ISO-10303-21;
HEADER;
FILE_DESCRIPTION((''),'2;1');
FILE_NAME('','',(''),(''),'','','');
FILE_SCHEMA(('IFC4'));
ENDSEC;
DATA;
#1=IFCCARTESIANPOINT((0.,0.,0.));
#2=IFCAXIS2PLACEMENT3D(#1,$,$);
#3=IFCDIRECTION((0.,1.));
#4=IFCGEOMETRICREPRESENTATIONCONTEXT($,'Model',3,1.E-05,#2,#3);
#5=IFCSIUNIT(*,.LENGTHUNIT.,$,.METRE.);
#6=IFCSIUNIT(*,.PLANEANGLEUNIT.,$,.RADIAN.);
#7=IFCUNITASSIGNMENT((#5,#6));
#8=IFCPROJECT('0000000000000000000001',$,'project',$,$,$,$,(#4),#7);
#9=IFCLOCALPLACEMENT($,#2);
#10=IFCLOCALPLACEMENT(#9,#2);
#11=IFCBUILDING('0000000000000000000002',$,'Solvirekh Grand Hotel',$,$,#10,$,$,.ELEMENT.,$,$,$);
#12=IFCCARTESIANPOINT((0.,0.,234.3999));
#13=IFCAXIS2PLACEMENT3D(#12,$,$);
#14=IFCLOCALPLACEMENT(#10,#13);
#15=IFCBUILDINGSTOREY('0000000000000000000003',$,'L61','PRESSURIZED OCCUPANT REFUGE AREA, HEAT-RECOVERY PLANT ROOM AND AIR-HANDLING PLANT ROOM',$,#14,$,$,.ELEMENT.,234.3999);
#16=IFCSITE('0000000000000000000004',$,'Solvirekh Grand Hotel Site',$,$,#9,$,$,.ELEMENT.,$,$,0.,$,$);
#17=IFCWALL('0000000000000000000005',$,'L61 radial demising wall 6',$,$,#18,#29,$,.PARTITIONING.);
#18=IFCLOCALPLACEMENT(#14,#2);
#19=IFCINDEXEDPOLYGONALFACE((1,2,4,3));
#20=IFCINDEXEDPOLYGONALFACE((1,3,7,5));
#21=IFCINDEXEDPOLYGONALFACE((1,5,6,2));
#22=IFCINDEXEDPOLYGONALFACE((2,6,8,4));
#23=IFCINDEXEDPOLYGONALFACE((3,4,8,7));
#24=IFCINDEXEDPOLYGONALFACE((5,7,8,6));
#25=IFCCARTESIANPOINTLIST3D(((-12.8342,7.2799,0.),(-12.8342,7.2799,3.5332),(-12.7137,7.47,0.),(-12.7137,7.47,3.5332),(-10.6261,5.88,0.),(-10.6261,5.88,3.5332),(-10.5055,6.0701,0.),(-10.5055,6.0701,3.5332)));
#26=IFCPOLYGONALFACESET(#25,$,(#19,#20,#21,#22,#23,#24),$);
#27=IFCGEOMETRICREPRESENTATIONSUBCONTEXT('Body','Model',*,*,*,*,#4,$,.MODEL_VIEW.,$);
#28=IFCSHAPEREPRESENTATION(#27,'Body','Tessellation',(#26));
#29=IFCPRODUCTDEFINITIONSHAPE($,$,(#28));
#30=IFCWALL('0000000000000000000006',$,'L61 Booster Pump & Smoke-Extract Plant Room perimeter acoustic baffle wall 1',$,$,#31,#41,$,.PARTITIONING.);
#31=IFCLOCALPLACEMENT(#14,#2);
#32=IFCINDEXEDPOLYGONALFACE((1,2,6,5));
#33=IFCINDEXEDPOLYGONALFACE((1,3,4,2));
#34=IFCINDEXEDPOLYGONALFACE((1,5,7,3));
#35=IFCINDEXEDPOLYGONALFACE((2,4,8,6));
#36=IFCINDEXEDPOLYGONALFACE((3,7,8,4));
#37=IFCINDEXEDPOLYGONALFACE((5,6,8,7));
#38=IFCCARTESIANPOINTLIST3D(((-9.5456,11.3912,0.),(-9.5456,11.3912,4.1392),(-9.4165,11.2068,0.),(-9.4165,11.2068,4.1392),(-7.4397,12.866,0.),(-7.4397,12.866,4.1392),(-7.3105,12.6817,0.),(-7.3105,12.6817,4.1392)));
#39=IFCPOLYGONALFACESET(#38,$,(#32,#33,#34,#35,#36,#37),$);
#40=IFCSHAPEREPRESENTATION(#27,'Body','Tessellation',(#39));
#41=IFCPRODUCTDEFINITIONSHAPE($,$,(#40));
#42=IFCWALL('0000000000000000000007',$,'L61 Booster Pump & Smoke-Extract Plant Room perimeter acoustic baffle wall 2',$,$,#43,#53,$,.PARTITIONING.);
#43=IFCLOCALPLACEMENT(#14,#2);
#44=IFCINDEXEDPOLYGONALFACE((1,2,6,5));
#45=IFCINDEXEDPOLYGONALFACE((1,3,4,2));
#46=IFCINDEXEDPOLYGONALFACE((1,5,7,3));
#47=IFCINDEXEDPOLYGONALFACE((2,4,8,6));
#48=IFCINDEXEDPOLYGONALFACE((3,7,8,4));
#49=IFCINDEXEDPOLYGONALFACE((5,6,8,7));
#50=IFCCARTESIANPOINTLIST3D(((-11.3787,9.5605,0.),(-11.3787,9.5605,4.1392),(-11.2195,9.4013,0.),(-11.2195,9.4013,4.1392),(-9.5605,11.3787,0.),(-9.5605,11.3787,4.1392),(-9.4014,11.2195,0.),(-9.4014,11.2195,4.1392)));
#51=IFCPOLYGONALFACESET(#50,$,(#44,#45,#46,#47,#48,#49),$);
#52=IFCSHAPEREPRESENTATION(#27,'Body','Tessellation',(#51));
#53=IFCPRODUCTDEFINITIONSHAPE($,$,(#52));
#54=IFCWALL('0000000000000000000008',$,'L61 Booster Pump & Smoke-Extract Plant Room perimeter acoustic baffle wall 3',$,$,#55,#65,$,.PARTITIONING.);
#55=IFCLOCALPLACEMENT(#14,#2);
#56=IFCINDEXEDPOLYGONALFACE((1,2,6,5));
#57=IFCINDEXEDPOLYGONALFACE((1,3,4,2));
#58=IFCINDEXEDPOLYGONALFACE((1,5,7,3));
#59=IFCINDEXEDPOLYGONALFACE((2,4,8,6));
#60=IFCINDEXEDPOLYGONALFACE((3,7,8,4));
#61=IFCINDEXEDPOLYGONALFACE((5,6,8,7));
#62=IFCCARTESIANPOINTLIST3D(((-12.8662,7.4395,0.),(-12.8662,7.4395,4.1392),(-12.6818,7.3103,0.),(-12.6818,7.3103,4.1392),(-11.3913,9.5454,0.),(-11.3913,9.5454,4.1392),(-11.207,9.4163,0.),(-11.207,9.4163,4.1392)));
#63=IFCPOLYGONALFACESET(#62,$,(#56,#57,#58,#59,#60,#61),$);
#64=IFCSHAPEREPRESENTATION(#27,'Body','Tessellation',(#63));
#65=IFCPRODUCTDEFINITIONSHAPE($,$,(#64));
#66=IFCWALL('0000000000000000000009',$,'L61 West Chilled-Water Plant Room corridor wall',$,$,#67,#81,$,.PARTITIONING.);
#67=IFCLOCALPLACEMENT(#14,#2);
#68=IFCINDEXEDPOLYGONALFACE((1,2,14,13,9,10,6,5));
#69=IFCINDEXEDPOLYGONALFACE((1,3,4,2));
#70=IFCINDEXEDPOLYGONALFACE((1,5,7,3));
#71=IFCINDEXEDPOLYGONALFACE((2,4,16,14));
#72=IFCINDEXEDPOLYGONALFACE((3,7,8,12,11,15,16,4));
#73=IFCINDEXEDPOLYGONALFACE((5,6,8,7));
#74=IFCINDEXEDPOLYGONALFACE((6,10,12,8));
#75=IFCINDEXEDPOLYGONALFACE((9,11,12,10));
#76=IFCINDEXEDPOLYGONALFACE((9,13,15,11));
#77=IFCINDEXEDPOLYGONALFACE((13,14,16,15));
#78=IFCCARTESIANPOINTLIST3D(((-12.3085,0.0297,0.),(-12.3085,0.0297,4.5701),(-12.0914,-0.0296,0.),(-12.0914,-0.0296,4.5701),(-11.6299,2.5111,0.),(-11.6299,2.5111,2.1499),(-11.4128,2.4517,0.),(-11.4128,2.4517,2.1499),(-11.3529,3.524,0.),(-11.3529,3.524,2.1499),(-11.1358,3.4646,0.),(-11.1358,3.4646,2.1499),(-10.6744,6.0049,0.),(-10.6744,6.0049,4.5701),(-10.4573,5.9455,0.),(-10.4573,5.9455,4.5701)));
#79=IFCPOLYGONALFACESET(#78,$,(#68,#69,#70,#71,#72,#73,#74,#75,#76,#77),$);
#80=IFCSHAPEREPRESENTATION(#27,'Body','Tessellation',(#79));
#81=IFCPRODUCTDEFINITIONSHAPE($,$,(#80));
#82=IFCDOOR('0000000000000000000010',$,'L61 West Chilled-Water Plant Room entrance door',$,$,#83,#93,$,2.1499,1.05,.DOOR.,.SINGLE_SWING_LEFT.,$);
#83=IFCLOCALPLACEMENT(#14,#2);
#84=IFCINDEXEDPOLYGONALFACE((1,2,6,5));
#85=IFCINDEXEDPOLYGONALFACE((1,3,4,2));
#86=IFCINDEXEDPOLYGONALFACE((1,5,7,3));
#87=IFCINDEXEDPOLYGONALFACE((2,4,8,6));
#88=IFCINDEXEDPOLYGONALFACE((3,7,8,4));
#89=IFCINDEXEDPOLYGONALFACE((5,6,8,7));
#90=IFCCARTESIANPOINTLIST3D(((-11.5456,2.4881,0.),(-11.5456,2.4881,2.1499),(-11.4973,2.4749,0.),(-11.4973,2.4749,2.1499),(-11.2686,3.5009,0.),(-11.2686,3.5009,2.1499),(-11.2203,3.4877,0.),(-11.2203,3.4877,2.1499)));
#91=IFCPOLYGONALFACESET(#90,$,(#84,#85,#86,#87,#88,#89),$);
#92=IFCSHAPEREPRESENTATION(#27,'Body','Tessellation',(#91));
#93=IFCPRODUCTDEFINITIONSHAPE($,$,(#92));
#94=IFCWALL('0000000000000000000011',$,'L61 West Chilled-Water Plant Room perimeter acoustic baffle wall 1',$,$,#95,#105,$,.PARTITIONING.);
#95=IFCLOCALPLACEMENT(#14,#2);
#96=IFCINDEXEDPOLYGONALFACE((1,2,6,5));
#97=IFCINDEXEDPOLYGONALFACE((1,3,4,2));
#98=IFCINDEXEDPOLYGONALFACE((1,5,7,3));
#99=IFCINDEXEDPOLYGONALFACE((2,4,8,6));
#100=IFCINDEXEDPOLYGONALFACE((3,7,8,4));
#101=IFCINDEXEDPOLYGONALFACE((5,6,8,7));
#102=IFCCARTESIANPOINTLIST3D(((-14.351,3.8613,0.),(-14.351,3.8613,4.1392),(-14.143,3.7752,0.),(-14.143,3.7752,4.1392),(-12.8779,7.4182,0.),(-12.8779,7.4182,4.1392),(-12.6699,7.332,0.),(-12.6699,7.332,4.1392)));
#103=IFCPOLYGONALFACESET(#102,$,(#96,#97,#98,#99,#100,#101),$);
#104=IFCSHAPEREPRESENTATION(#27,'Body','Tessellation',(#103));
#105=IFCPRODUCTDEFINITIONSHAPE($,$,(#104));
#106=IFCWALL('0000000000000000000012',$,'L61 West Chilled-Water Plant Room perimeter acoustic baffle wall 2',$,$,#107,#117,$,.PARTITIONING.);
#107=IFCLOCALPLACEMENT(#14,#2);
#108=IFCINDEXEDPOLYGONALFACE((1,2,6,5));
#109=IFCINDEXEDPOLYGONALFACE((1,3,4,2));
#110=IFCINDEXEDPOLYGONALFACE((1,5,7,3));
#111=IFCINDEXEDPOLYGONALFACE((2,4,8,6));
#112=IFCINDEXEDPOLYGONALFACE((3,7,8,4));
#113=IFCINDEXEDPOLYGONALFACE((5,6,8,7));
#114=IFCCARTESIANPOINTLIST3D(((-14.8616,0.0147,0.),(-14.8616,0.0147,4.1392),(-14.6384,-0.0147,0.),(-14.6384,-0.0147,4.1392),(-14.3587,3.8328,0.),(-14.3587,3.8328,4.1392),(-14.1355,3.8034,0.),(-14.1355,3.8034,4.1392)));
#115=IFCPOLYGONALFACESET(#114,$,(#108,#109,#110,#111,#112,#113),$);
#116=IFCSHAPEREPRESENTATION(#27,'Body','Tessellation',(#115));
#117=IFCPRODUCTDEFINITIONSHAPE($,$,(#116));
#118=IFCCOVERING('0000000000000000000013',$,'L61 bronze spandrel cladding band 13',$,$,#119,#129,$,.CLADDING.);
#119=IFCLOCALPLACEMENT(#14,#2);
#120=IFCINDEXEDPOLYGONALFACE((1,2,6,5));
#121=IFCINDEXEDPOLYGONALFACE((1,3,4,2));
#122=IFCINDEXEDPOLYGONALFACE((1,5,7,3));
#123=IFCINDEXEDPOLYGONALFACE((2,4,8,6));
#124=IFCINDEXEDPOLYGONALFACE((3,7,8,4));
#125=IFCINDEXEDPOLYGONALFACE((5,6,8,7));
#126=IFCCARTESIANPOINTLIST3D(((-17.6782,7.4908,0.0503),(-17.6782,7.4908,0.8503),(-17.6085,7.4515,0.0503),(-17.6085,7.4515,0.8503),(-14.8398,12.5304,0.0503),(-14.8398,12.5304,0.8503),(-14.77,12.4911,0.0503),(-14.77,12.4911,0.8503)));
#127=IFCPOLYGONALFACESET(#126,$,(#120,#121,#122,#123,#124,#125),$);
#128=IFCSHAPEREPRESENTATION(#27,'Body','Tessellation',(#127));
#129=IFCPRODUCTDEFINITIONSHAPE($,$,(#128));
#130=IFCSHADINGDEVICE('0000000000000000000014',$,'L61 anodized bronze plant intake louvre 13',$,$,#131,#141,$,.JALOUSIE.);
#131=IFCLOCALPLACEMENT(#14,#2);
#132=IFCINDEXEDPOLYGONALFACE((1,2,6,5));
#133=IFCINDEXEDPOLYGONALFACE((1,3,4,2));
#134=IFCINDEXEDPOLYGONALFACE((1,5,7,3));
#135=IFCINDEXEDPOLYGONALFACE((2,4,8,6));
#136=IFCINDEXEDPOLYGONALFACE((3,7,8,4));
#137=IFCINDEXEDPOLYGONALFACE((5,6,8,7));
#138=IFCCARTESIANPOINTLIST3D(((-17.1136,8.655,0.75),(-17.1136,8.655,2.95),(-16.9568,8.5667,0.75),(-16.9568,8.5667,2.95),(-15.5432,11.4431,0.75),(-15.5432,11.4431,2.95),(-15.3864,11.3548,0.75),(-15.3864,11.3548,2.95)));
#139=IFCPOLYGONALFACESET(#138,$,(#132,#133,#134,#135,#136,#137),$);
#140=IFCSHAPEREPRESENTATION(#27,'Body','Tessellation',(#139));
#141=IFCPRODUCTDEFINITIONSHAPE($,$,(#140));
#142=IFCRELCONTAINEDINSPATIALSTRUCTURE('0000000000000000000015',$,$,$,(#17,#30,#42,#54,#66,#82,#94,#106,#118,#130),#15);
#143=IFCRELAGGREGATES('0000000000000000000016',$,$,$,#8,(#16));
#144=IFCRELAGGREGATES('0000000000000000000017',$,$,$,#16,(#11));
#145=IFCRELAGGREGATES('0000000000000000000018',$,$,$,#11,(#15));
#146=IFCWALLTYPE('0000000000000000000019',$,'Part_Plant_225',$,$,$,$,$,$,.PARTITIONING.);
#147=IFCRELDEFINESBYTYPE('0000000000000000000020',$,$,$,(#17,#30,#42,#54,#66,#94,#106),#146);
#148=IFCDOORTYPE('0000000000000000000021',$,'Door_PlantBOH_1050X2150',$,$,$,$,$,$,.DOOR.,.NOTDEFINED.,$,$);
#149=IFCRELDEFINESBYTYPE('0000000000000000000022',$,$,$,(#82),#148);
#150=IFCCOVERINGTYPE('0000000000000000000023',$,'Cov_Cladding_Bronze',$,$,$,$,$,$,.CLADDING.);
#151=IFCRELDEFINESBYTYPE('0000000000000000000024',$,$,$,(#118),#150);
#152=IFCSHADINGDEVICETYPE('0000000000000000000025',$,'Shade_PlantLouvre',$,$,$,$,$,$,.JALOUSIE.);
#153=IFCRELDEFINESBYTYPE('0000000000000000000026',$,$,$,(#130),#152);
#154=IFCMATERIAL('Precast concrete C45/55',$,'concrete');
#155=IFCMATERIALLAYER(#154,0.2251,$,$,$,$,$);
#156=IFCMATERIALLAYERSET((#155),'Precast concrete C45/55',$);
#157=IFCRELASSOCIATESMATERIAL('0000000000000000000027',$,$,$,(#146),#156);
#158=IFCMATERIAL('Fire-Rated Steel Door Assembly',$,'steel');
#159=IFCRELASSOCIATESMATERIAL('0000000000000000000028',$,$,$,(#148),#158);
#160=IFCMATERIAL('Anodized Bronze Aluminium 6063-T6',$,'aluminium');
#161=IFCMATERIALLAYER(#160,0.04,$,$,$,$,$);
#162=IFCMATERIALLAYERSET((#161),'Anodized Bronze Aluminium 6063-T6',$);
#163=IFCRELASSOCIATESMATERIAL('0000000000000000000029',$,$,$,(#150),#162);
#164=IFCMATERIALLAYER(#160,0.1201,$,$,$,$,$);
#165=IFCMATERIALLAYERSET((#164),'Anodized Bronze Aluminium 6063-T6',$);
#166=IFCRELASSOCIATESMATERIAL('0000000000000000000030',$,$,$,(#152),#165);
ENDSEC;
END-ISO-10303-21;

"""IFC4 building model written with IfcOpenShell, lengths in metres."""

from ifc_helpers import new_model, si_unit, direction, frame, frame_2d, origin, origin_2d, place, context, subcontext, project, spatial, rectangle, extrude, material, layer, layer_set, type_object, element, fill, save


model = new_model("IFC4")

# Units and contexts
model_context = context("Model", 3, precision=1e-05, world=origin(), true_north=direction((0.0, 1.0)))
body_context = subcontext(model_context, "Body", "Model", "MODEL_VIEW")
ifc_project = project(units=[si_unit("LENGTHUNIT", "METRE"), si_unit("PLANEANGLEUNIT", "RADIAN")], contexts=[model_context])

# Site, building, storey
site_placement = place(None, origin())
site = spatial("IfcSite", under=ifc_project, at=site_placement, Name="Solvirekh Grand Hotel Site", CompositionType="ELEMENT", RefElevation=0.0)
building_placement = place(site_placement, origin())
building = spatial("IfcBuilding", under=site, at=building_placement, Name="Solvirekh Grand Hotel", CompositionType="ELEMENT")
storey_placement = place(building_placement, frame((0.0, 0.0, 234.3999)))
storey = spatial("IfcBuildingStorey", under=building, at=storey_placement, Name="L61", Description="PRESSURIZED OCCUPANT REFUGE AREA, HEAT-RECOVERY PLANT ROOM AND AIR-HANDLING PLANT ROOM", CompositionType="ELEMENT", Elevation=234.3999)

# Shared definitions
ifc_material_1 = material(Name="Precast concrete C45/55", Category="concrete")

# Shared definitions
ifc_material_2 = material(Name="Fire-Rated Steel Door Assembly", Category="steel")

# Walls
ifc_layer_1 = layer(ifc_material_1, 0.2251)
ifc_layer_set_1 = layer_set([ifc_layer_1], Name="Precast concrete C45/55")
wall_type_1 = type_object("IfcWallType", Name="Part_Plant_225", PredefinedType="PARTITIONING", material=ifc_layer_set_1)
wall_1_placement = place(storey_placement, frame((-10.5659, 5.9751, 0.0), z_axis=(0.0, 0.0, 1.0), x_axis=(-0.84456, 0.535461, 0.0)))
element("IfcWall", 1, at=wall_1_placement, inside=storey, type_object=wall_type_1, Name="L61 radial demising wall 6", PredefinedType="PARTITIONING", context=body_context, shape_type="SweptSolid", body=[
    extrude(rectangle(XDim=2.6145, YDim=0.2251, at=frame_2d((1.3071, 0.0))), origin(), (0.0, 0.0, 1.0), 3.5332),
])
wall_2_placement = place(storey_placement, frame((-7.375, 12.7739, 0.0), z_axis=(0.0, 0.0, 1.0), x_axis=(-0.819107, -0.573641, 0.0)))
element("IfcWall", 2, at=wall_2_placement, inside=storey, type_object=wall_type_1, Name="L61 Booster Pump & Smoke-Extract Plant Room perimeter acoustic baffle wall 1", PredefinedType="PARTITIONING", context=body_context, shape_type="SweptSolid", body=[
    extrude(rectangle(XDim=2.571, YDim=0.2251, at=frame_2d((1.2856, 0.0))), origin(), (0.0, 0.0, 1.0), 4.1392),
])
wall_3_placement = place(storey_placement, frame((-9.481, 11.2991, 0.0), z_axis=(0.0, 0.0, 1.0), x_axis=(-0.707107, -0.707107, 0.0)))
element("IfcWall", 3, at=wall_3_placement, inside=storey, type_object=wall_type_1, Name="L61 Booster Pump & Smoke-Extract Plant Room perimeter acoustic baffle wall 2", PredefinedType="PARTITIONING", context=body_context, shape_type="SweptSolid", body=[
    extrude(rectangle(XDim=2.5713, YDim=0.2251, at=frame_2d((1.2856, 0.0))), origin(), (0.0, 0.0, 1.0), 4.1392),
])
wall_4_placement = place(storey_placement, frame((-11.2991, 9.481, 0.0), z_axis=(0.0, 0.0, 1.0), x_axis=(-0.573641, -0.819107, 0.0)))
element("IfcWall", 4, at=wall_4_placement, inside=storey, type_object=wall_type_1, Name="L61 Booster Pump & Smoke-Extract Plant Room perimeter acoustic baffle wall 3", PredefinedType="PARTITIONING", context=body_context, shape_type="SweptSolid", body=[
    extrude(rectangle(XDim=2.571, YDim=0.2251, at=frame_2d((1.2856, 0.0))), origin(), (0.0, 0.0, 1.0), 4.1392),
])

# Wall, opening, door
wall_5_placement = place(storey_placement, frame((-10.5659, 5.9751, 0.0), z_axis=(0.0, 0.0, 1.0), x_axis=(-0.263788, -0.964581, 0.0)))
wall_5 = element("IfcWall", 5, at=wall_5_placement, inside=storey, type_object=wall_type_1, Name="L61 West Chilled-Water Plant Room corridor wall", PredefinedType="PARTITIONING", context=body_context, shape_type="SweptSolid", body=[
    extrude(rectangle(XDim=6.1946, YDim=0.2251, at=frame_2d((3.0972, 0.0))), origin(), (0.0, 0.0, 1.0), 4.5701),
])
opening_1_placement = place(wall_5_placement, frame((2.572, 0.0, 0.0)))
opening_1 = element("IfcOpeningElement", 6, at=opening_1_placement, cuts=wall_5, PredefinedType="OPENING", context=body_context, shape_type="SweptSolid", body=[
    extrude(rectangle(XDim=1.05, YDim=2.1499, at=frame_2d((0.5249, 1.075))), frame((0.0, 0.1226, 0.0), z_axis=(0.0, -1.0, 0.0), x_axis=(1.0, 0.0, 0.0)), (0.0, 0.0, 1.0), 0.2451),
])
door_type_1 = type_object("IfcDoorType", Name="Door_PlantBOH_1050X2150", OperationType="NOTDEFINED", PredefinedType="DOOR", material=ifc_material_2)
door_1_placement = place(opening_1_placement, origin())
door_1 = element("IfcDoor", 7, at=door_1_placement, inside=storey, type_object=door_type_1, Name="L61 West Chilled-Water Plant Room entrance door", OperationType="SINGLE_SWING_LEFT", OverallHeight=2.1499, OverallWidth=1.05, PredefinedType="DOOR", context=body_context, shape_type="SweptSolid", body=[
    extrude(rectangle(XDim=1.05, YDim=2.1499, at=frame_2d((0.5249, 1.075))), frame((0.0, 0.0249, 0.0), z_axis=(0.0, -1.0, 0.0), x_axis=(1.0, 0.0, 0.0)), (0.0, 0.0, 1.0), 0.05),
])
fill(opening_1, door_1)

# Walls
wall_6_placement = place(storey_placement, frame((-12.7739, 7.375, 0.0), z_axis=(0.0, 0.0, 1.0), x_axis=(-0.382647, -0.923895, 0.0)))
element("IfcWall", 8, at=wall_6_placement, inside=storey, type_object=wall_type_1, Name="L61 West Chilled-Water Plant Room perimeter acoustic baffle wall 1", PredefinedType="PARTITIONING", context=body_context, shape_type="SweptSolid", body=[
    extrude(rectangle(XDim=3.8499, YDim=0.2251, at=frame_2d((1.9248, 0.0))), origin(), (0.0, 0.0, 1.0), 4.1392),
])
wall_7_placement = place(storey_placement, frame((-14.2471, 3.8181, 0.0), z_axis=(0.0, 0.0, 1.0), x_axis=(-0.130594, -0.991436, 0.0)))
element("IfcWall", 9, at=wall_7_placement, inside=storey, type_object=wall_type_1, Name="L61 West Chilled-Water Plant Room perimeter acoustic baffle wall 2", PredefinedType="PARTITIONING", context=body_context, shape_type="SweptSolid", body=[
    extrude(rectangle(XDim=3.8511, YDim=0.2251, at=frame_2d((1.9255, 0.0))), origin(), (0.0, 0.0, 1.0), 4.1392),
])

# Covering
ifc_material_3 = material(Name="Anodized Bronze Aluminium 6063-T6", Category="aluminium")
ifc_layer_2 = layer(ifc_material_3, 0.04)
ifc_layer_set_2 = layer_set([ifc_layer_2], Name="Anodized Bronze Aluminium 6063-T6")
covering_type = type_object("IfcCoveringType", Name="Cov_Cladding_Bronze", PredefinedType="CLADDING", material=ifc_layer_set_2)
covering_placement = place(storey_placement, frame((-16.2241, 9.991, 0.0503), z_axis=(0.0, 0.0, 1.0), x_axis=(0.490752, 0.871299, 0.0)))
element("IfcCovering", 10, at=covering_placement, inside=storey, type_object=covering_type, Name="L61 bronze spandrel cladding band 13", PredefinedType="CLADDING", context=body_context, shape_type="SweptSolid", body=[
    extrude(rectangle(XDim=5.7839, YDim=0.0801, at=origin_2d()), origin(), (0.0, 0.0, 1.0), 0.8),
])

# Shading device
ifc_layer_3 = layer(ifc_material_3, 0.1201)
ifc_layer_set_3 = layer_set([ifc_layer_3], Name="Anodized Bronze Aluminium 6063-T6")
shading_device_type = type_object("IfcShadingDeviceType", Name="Shade_PlantLouvre", PredefinedType="JALOUSIE", material=ifc_layer_set_3)
shading_device_placement = place(storey_placement, frame((-16.25, 10.0049, 0.75), z_axis=(0.0, 0.0, 1.0), x_axis=(0.490752, 0.871299, 0.0)))
element("IfcShadingDevice", 11, at=shading_device_placement, inside=storey, type_object=shading_device_type, Name="L61 anodized bronze plant intake louvre 13", PredefinedType="JALOUSIE", context=body_context, shape_type="SweptSolid", body=[
    extrude(rectangle(XDim=3.2, YDim=0.1799, at=origin_2d()), origin(), (0.0, 0.0, 1.0), 2.2),
])

save(model, "model.ifc")
